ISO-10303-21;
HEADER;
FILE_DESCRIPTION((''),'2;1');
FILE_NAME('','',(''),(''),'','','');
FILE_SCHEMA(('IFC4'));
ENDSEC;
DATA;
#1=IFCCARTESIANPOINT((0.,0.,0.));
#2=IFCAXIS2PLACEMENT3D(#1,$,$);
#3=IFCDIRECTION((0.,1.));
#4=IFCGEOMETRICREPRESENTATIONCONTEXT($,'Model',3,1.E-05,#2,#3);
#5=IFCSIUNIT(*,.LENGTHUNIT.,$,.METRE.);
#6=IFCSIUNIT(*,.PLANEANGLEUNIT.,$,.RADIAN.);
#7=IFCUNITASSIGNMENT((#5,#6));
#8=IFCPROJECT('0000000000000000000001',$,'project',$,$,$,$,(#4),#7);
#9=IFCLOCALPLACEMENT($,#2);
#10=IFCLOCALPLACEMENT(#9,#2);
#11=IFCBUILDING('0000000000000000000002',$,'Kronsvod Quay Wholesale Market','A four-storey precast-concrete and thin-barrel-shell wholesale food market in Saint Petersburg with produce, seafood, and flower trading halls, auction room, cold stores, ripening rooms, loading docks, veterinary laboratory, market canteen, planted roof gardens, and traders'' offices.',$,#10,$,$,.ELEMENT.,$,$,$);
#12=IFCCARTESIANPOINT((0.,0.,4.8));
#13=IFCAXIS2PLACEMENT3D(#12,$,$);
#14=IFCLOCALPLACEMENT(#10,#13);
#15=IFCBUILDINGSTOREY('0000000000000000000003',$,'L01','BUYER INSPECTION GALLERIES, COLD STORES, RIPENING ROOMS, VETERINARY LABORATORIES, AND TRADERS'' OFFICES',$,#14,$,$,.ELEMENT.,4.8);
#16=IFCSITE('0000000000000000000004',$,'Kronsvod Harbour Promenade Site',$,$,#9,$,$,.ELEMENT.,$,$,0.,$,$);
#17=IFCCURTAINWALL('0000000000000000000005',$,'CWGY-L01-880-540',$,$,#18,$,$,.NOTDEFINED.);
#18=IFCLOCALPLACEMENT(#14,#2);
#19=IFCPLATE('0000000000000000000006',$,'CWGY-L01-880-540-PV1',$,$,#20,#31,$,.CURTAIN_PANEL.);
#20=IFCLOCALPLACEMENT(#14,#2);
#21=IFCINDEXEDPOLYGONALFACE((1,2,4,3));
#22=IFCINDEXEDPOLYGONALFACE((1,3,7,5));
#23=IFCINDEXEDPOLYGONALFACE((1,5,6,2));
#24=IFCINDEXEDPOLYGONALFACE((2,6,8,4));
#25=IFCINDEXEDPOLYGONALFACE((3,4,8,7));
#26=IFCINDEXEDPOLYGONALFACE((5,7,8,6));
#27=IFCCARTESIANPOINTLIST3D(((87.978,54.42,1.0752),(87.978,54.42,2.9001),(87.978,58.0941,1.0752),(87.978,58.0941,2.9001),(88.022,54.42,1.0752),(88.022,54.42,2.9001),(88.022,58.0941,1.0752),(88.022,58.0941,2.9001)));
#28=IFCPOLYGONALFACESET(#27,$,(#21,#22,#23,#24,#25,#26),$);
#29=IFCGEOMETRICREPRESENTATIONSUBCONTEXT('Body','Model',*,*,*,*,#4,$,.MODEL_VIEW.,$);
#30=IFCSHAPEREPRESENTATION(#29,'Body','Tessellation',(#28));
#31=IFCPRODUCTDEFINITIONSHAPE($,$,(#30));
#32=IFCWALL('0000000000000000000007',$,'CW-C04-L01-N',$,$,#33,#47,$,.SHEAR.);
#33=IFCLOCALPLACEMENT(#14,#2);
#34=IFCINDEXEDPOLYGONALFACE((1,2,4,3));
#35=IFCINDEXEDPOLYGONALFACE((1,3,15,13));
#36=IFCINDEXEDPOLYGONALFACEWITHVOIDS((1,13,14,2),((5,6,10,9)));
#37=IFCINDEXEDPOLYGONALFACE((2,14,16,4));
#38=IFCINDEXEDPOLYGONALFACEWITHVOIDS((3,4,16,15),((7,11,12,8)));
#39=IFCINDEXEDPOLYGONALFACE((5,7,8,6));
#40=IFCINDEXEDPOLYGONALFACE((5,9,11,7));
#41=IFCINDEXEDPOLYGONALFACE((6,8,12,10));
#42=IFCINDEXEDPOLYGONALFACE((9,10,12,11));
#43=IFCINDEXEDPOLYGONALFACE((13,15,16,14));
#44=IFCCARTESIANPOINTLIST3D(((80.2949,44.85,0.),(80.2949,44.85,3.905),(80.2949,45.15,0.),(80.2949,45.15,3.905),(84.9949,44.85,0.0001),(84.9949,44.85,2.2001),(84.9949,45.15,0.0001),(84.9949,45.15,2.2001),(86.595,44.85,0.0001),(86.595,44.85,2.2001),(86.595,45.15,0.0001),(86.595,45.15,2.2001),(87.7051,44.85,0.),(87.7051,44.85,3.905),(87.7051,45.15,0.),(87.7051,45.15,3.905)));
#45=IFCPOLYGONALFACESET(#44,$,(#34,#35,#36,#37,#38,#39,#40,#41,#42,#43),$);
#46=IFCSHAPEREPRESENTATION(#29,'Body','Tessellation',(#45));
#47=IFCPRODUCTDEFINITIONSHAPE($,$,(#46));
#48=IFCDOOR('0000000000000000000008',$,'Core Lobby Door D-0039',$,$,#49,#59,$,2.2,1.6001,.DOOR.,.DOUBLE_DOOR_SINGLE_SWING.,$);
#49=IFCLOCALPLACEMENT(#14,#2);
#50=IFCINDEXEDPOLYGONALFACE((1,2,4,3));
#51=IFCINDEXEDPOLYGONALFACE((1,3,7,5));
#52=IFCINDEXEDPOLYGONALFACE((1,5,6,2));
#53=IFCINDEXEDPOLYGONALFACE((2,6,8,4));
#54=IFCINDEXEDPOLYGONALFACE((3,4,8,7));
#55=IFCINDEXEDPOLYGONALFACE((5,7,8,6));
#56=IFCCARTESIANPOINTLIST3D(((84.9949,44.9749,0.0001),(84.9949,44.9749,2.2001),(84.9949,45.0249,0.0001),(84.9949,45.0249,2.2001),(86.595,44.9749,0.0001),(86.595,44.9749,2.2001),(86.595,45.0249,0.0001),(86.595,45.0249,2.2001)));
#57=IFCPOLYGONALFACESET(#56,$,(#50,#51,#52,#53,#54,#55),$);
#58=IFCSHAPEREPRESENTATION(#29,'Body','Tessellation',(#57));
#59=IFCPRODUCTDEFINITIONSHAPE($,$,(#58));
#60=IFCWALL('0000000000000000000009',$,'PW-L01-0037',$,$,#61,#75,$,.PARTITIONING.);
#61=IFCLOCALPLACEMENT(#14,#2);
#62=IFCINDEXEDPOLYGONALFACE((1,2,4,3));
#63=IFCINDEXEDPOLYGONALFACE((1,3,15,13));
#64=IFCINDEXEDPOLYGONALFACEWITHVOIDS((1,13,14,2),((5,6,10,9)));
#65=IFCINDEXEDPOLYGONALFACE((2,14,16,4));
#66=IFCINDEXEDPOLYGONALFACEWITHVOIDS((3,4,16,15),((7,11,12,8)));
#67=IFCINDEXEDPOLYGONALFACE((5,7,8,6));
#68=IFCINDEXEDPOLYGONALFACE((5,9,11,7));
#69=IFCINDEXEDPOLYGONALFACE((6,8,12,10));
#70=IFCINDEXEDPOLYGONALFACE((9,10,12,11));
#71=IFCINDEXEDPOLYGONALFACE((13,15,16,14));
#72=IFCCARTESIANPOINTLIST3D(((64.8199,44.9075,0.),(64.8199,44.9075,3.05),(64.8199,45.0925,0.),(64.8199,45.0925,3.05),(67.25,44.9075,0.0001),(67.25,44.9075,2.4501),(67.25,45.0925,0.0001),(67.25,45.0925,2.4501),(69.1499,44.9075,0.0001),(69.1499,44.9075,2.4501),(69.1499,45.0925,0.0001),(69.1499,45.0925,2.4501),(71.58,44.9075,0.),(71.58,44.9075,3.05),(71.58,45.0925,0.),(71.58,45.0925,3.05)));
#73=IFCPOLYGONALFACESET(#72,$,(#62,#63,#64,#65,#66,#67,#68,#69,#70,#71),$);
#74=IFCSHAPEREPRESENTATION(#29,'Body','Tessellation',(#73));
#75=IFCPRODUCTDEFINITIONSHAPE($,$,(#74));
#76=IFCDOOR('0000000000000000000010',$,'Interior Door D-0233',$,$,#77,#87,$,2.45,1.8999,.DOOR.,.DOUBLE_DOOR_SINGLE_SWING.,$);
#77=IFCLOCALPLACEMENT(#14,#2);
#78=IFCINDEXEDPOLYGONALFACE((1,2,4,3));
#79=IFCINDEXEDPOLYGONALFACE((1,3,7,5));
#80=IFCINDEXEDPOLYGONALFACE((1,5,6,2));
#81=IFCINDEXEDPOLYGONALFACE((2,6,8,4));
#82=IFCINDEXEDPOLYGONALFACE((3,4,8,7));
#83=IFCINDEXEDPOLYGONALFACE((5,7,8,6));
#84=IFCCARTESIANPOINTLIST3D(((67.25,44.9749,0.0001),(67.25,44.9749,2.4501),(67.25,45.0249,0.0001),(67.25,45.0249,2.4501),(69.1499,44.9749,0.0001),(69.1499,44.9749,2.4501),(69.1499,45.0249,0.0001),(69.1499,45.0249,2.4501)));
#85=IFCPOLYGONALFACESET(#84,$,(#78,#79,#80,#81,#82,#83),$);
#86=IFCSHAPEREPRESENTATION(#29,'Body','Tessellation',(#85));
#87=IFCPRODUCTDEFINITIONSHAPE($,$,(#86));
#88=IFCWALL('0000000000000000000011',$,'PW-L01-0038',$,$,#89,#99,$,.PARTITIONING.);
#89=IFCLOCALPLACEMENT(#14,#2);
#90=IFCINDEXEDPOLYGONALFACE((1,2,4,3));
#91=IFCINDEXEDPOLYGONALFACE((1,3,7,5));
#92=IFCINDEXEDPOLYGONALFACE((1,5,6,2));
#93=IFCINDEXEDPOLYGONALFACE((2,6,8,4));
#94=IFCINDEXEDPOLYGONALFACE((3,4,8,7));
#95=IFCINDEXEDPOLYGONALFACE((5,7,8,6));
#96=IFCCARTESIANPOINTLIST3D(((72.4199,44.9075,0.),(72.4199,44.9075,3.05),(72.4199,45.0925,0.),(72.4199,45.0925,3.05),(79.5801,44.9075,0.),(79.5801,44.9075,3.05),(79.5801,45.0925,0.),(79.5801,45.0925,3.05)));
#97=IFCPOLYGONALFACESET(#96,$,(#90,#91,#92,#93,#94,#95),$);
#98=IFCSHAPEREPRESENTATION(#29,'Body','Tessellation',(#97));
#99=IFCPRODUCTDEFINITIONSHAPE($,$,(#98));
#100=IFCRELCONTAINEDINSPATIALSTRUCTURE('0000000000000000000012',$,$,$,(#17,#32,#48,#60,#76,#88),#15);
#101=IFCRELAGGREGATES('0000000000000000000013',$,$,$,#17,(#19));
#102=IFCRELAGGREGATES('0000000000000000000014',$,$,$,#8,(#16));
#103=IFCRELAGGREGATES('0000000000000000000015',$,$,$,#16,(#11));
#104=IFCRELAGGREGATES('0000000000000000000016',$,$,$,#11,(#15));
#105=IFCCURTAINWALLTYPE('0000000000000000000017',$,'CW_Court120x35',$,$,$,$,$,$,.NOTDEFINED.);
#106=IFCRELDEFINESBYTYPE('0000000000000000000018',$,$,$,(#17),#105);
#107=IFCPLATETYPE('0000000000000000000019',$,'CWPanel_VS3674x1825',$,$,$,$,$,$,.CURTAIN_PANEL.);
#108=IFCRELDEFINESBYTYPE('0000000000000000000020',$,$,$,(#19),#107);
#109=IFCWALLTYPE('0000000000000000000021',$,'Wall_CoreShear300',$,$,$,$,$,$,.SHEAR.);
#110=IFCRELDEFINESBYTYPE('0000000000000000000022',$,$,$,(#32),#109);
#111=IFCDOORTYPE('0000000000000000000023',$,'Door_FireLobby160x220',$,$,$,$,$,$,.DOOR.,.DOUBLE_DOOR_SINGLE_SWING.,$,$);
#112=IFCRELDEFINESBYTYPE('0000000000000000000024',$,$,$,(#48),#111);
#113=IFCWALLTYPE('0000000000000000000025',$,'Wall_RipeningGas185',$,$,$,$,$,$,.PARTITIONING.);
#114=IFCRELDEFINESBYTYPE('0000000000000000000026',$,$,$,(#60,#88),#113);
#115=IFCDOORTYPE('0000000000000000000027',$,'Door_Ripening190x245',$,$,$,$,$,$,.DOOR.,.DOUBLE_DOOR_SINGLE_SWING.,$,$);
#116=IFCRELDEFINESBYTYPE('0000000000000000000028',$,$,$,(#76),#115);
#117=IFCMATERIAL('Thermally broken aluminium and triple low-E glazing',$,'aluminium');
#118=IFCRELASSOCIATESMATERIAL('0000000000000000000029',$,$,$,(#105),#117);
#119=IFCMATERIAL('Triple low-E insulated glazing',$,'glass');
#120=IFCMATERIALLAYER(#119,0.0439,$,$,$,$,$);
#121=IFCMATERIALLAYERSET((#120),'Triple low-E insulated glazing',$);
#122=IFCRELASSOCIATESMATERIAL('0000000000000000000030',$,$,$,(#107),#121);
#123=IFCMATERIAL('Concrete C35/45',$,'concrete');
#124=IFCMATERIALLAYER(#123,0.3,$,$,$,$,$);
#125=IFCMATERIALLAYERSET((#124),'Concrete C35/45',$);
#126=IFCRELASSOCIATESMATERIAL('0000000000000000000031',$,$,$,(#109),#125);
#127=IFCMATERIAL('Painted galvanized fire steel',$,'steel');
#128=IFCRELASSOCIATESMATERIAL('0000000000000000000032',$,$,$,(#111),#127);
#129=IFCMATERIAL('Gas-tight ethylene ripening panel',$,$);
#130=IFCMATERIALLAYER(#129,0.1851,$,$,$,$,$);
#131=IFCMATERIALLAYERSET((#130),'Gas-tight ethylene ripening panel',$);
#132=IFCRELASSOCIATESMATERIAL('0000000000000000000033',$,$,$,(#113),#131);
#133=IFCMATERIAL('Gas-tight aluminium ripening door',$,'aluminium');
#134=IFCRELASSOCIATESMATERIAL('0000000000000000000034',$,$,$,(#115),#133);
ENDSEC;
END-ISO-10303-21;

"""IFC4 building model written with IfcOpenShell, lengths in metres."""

from ifc_helpers import new_model, si_unit, direction, frame, frame_2d, origin, origin_2d, place, context, subcontext, project, spatial, rectangle, extrude, material, layer, layer_set, type_object, element, fill, aggregate, save


model = new_model("IFC4")

# Units and contexts
model_context = context("Model", 3, precision=1e-05, world=origin(), true_north=direction((0.0, 1.0)))
body_context = subcontext(model_context, "Body", "Model", "MODEL_VIEW")
ifc_project = project(units=[si_unit("LENGTHUNIT", "METRE"), si_unit("PLANEANGLEUNIT", "RADIAN")], contexts=[model_context])

# Site, building, storey
site_placement = place(None, origin())
site = spatial("IfcSite", under=ifc_project, at=site_placement, Name="Kronsvod Harbour Promenade Site", CompositionType="ELEMENT", RefElevation=0.0)
building_placement = place(site_placement, origin())
building = spatial("IfcBuilding", under=site, at=building_placement, Name="Kronsvod Quay Wholesale Market", Description="A four-storey precast-concrete and thin-barrel-shell wholesale food market in Saint Petersburg with produce, seafood, and flower trading halls, auction room, cold stores, ripening rooms, loading docks, veterinary laboratory, market canteen, planted roof gardens, and traders' offices.", CompositionType="ELEMENT")
storey_placement = place(building_placement, frame((0.0, 0.0, 4.8)))
storey = spatial("IfcBuildingStorey", under=building, at=storey_placement, Name="L01", Description="BUYER INSPECTION GALLERIES, COLD STORES, RIPENING ROOMS, VETERINARY LABORATORIES, AND TRADERS' OFFICES", CompositionType="ELEMENT", Elevation=4.8)

# Curtain wall, plate
ifc_material_1 = material(Name="Thermally broken aluminium and triple low-E glazing", Category="aluminium")
curtain_wall_type = type_object("IfcCurtainWallType", Name="CW_Court120x35", PredefinedType="NOTDEFINED", material=ifc_material_1)
curtain_wall_placement = place(storey_placement, origin())
curtain_wall = element("IfcCurtainWall", 1, at=curtain_wall_placement, inside=storey, type_object=curtain_wall_type, Name="CWGY-L01-880-540", PredefinedType="NOTDEFINED")
ifc_material_2 = material(Name="Triple low-E insulated glazing", Category="glass")
ifc_layer_1 = layer(ifc_material_2, 0.0439)
ifc_layer_set_1 = layer_set([ifc_layer_1], Name="Triple low-E insulated glazing")
plate_type_1 = type_object("IfcPlateType", Name="CWPanel_VS3674x1825", PredefinedType="CURTAIN_PANEL", material=ifc_layer_set_1)
plate_1_placement = place(storey_placement, frame((88.0, 56.2571, 1.0752), z_axis=(0.0, 0.0, 1.0), x_axis=(0.0, 1.0, 0.0)))
plate_1 = element("IfcPlate", 2, at=plate_1_placement, type_object=plate_type_1, Name="CWGY-L01-880-540-PV1", PredefinedType="CURTAIN_PANEL", context=body_context, shape_type="SweptSolid", body=[
    extrude(rectangle(XDim=3.6741, YDim=0.0439, at=origin_2d()), origin(), (0.0, 0.0, 1.0), 1.825),
])
aggregate(curtain_wall, [plate_1])

# Walls, openings, doors
ifc_material_3 = material(Name="Concrete C35/45", Category="concrete")
ifc_layer_2 = layer(ifc_material_3, 0.3)
ifc_layer_set_2 = layer_set([ifc_layer_2], Name="Concrete C35/45")
wall_type_1 = type_object("IfcWallType", Name="Wall_CoreShear300", PredefinedType="SHEAR", material=ifc_layer_set_2)
wall_1_placement = place(storey_placement, frame((80.2949, 45.0, 0.0), z_axis=(0.0, 0.0, 1.0), x_axis=(1.0, 0.0, 0.0)))
wall_1 = element("IfcWall", 3, at=wall_1_placement, inside=storey, type_object=wall_type_1, Name="CW-C04-L01-N", PredefinedType="SHEAR", context=body_context, shape_type="SweptSolid", body=[
    extrude(rectangle(XDim=7.4102, YDim=0.3, at=frame_2d((3.7051, 0.0))), origin(), (0.0, 0.0, 1.0), 3.905),
])
opening_1_placement = place(wall_1_placement, frame((4.7, 0.0, 0.0)))
opening_1 = element("IfcOpeningElement", 4, at=opening_1_placement, cuts=wall_1, PredefinedType="OPENING", context=body_context, shape_type="SweptSolid", body=[
    extrude(rectangle(XDim=1.6001, YDim=2.2, at=frame_2d((0.8, 1.1001))), frame((0.0, 0.1602, 0.0), z_axis=(0.0, -1.0, 0.0), x_axis=(1.0, 0.0, 0.0)), (0.0, 0.0, 1.0), 0.3201),
])
ifc_material_4 = material(Name="Painted galvanized fire steel", Category="steel")
door_type_1 = type_object("IfcDoorType", Name="Door_FireLobby160x220", OperationType="DOUBLE_DOOR_SINGLE_SWING", PredefinedType="DOOR", material=ifc_material_4)
door_1_placement = place(opening_1_placement, origin())
door_1 = element("IfcDoor", 5, at=door_1_placement, inside=storey, type_object=door_type_1, Name="Core Lobby Door D-0039", OperationType="DOUBLE_DOOR_SINGLE_SWING", OverallHeight=2.2, OverallWidth=1.6001, PredefinedType="DOOR", context=body_context, shape_type="SweptSolid", body=[
    extrude(rectangle(XDim=1.6001, YDim=2.2, at=frame_2d((0.8, 1.1001))), frame((0.0, 0.0249, 0.0), z_axis=(0.0, -1.0, 0.0), x_axis=(1.0, 0.0, 0.0)), (0.0, 0.0, 1.0), 0.05),
])
fill(opening_1, door_1)
ifc_material_5 = material(Name="Gas-tight ethylene ripening panel")
ifc_layer_3 = layer(ifc_material_5, 0.1851)
ifc_layer_set_3 = layer_set([ifc_layer_3], Name="Gas-tight ethylene ripening panel")
wall_type_2 = type_object("IfcWallType", Name="Wall_RipeningGas185", PredefinedType="PARTITIONING", material=ifc_layer_set_3)
wall_2_placement = place(storey_placement, frame((64.8201, 45.0, 0.0), z_axis=(0.0, 0.0, 1.0), x_axis=(1.0, 0.0, 0.0)))
wall_2 = element("IfcWall", 6, at=wall_2_placement, inside=storey, type_object=wall_type_2, Name="PW-L01-0037", PredefinedType="PARTITIONING", context=body_context, shape_type="SweptSolid", body=[
    extrude(rectangle(XDim=6.76, YDim=0.1851, at=frame_2d((3.3799, 0.0))), origin(), (0.0, 0.0, 1.0), 3.05),
])
opening_2_placement = place(wall_2_placement, frame((2.4299, 0.0, 0.0)))
opening_2 = element("IfcOpeningElement", 7, at=opening_2_placement, cuts=wall_2, PredefinedType="OPENING", context=body_context, shape_type="SweptSolid", body=[
    extrude(rectangle(XDim=1.8999, YDim=2.45, at=frame_2d((0.95, 1.2251))), frame((0.0, 0.1025, 0.0), z_axis=(0.0, -1.0, 0.0), x_axis=(1.0, 0.0, 0.0)), (0.0, 0.0, 1.0), 0.2051),
])
ifc_material_6 = material(Name="Gas-tight aluminium ripening door", Category="aluminium")
door_type_2 = type_object("IfcDoorType", Name="Door_Ripening190x245", OperationType="DOUBLE_DOOR_SINGLE_SWING", PredefinedType="DOOR", material=ifc_material_6)
door_2_placement = place(opening_2_placement, origin())
door_2 = element("IfcDoor", 8, at=door_2_placement, inside=storey, type_object=door_type_2, Name="Interior Door D-0233", OperationType="DOUBLE_DOOR_SINGLE_SWING", OverallHeight=2.45, OverallWidth=1.8999, PredefinedType="DOOR", context=body_context, shape_type="SweptSolid", body=[
    extrude(rectangle(XDim=1.8999, YDim=2.45, at=frame_2d((0.95, 1.2251))), frame((0.0, 0.0249, 0.0), z_axis=(0.0, -1.0, 0.0), x_axis=(1.0, 0.0, 0.0)), (0.0, 0.0, 1.0), 0.05),
])
fill(opening_2, door_2)

# Wall
wall_3_placement = place(storey_placement, frame((72.4199, 45.0, 0.0), z_axis=(0.0, 0.0, 1.0), x_axis=(1.0, 0.0, 0.0)))
element("IfcWall", 9, at=wall_3_placement, inside=storey, type_object=wall_type_2, Name="PW-L01-0038", PredefinedType="PARTITIONING", context=body_context, shape_type="SweptSolid", body=[
    extrude(rectangle(XDim=7.1602, YDim=0.1851, at=frame_2d((3.5801, 0.0))), origin(), (0.0, 0.0, 1.0), 3.05),
])

save(model, "model.ifc")
